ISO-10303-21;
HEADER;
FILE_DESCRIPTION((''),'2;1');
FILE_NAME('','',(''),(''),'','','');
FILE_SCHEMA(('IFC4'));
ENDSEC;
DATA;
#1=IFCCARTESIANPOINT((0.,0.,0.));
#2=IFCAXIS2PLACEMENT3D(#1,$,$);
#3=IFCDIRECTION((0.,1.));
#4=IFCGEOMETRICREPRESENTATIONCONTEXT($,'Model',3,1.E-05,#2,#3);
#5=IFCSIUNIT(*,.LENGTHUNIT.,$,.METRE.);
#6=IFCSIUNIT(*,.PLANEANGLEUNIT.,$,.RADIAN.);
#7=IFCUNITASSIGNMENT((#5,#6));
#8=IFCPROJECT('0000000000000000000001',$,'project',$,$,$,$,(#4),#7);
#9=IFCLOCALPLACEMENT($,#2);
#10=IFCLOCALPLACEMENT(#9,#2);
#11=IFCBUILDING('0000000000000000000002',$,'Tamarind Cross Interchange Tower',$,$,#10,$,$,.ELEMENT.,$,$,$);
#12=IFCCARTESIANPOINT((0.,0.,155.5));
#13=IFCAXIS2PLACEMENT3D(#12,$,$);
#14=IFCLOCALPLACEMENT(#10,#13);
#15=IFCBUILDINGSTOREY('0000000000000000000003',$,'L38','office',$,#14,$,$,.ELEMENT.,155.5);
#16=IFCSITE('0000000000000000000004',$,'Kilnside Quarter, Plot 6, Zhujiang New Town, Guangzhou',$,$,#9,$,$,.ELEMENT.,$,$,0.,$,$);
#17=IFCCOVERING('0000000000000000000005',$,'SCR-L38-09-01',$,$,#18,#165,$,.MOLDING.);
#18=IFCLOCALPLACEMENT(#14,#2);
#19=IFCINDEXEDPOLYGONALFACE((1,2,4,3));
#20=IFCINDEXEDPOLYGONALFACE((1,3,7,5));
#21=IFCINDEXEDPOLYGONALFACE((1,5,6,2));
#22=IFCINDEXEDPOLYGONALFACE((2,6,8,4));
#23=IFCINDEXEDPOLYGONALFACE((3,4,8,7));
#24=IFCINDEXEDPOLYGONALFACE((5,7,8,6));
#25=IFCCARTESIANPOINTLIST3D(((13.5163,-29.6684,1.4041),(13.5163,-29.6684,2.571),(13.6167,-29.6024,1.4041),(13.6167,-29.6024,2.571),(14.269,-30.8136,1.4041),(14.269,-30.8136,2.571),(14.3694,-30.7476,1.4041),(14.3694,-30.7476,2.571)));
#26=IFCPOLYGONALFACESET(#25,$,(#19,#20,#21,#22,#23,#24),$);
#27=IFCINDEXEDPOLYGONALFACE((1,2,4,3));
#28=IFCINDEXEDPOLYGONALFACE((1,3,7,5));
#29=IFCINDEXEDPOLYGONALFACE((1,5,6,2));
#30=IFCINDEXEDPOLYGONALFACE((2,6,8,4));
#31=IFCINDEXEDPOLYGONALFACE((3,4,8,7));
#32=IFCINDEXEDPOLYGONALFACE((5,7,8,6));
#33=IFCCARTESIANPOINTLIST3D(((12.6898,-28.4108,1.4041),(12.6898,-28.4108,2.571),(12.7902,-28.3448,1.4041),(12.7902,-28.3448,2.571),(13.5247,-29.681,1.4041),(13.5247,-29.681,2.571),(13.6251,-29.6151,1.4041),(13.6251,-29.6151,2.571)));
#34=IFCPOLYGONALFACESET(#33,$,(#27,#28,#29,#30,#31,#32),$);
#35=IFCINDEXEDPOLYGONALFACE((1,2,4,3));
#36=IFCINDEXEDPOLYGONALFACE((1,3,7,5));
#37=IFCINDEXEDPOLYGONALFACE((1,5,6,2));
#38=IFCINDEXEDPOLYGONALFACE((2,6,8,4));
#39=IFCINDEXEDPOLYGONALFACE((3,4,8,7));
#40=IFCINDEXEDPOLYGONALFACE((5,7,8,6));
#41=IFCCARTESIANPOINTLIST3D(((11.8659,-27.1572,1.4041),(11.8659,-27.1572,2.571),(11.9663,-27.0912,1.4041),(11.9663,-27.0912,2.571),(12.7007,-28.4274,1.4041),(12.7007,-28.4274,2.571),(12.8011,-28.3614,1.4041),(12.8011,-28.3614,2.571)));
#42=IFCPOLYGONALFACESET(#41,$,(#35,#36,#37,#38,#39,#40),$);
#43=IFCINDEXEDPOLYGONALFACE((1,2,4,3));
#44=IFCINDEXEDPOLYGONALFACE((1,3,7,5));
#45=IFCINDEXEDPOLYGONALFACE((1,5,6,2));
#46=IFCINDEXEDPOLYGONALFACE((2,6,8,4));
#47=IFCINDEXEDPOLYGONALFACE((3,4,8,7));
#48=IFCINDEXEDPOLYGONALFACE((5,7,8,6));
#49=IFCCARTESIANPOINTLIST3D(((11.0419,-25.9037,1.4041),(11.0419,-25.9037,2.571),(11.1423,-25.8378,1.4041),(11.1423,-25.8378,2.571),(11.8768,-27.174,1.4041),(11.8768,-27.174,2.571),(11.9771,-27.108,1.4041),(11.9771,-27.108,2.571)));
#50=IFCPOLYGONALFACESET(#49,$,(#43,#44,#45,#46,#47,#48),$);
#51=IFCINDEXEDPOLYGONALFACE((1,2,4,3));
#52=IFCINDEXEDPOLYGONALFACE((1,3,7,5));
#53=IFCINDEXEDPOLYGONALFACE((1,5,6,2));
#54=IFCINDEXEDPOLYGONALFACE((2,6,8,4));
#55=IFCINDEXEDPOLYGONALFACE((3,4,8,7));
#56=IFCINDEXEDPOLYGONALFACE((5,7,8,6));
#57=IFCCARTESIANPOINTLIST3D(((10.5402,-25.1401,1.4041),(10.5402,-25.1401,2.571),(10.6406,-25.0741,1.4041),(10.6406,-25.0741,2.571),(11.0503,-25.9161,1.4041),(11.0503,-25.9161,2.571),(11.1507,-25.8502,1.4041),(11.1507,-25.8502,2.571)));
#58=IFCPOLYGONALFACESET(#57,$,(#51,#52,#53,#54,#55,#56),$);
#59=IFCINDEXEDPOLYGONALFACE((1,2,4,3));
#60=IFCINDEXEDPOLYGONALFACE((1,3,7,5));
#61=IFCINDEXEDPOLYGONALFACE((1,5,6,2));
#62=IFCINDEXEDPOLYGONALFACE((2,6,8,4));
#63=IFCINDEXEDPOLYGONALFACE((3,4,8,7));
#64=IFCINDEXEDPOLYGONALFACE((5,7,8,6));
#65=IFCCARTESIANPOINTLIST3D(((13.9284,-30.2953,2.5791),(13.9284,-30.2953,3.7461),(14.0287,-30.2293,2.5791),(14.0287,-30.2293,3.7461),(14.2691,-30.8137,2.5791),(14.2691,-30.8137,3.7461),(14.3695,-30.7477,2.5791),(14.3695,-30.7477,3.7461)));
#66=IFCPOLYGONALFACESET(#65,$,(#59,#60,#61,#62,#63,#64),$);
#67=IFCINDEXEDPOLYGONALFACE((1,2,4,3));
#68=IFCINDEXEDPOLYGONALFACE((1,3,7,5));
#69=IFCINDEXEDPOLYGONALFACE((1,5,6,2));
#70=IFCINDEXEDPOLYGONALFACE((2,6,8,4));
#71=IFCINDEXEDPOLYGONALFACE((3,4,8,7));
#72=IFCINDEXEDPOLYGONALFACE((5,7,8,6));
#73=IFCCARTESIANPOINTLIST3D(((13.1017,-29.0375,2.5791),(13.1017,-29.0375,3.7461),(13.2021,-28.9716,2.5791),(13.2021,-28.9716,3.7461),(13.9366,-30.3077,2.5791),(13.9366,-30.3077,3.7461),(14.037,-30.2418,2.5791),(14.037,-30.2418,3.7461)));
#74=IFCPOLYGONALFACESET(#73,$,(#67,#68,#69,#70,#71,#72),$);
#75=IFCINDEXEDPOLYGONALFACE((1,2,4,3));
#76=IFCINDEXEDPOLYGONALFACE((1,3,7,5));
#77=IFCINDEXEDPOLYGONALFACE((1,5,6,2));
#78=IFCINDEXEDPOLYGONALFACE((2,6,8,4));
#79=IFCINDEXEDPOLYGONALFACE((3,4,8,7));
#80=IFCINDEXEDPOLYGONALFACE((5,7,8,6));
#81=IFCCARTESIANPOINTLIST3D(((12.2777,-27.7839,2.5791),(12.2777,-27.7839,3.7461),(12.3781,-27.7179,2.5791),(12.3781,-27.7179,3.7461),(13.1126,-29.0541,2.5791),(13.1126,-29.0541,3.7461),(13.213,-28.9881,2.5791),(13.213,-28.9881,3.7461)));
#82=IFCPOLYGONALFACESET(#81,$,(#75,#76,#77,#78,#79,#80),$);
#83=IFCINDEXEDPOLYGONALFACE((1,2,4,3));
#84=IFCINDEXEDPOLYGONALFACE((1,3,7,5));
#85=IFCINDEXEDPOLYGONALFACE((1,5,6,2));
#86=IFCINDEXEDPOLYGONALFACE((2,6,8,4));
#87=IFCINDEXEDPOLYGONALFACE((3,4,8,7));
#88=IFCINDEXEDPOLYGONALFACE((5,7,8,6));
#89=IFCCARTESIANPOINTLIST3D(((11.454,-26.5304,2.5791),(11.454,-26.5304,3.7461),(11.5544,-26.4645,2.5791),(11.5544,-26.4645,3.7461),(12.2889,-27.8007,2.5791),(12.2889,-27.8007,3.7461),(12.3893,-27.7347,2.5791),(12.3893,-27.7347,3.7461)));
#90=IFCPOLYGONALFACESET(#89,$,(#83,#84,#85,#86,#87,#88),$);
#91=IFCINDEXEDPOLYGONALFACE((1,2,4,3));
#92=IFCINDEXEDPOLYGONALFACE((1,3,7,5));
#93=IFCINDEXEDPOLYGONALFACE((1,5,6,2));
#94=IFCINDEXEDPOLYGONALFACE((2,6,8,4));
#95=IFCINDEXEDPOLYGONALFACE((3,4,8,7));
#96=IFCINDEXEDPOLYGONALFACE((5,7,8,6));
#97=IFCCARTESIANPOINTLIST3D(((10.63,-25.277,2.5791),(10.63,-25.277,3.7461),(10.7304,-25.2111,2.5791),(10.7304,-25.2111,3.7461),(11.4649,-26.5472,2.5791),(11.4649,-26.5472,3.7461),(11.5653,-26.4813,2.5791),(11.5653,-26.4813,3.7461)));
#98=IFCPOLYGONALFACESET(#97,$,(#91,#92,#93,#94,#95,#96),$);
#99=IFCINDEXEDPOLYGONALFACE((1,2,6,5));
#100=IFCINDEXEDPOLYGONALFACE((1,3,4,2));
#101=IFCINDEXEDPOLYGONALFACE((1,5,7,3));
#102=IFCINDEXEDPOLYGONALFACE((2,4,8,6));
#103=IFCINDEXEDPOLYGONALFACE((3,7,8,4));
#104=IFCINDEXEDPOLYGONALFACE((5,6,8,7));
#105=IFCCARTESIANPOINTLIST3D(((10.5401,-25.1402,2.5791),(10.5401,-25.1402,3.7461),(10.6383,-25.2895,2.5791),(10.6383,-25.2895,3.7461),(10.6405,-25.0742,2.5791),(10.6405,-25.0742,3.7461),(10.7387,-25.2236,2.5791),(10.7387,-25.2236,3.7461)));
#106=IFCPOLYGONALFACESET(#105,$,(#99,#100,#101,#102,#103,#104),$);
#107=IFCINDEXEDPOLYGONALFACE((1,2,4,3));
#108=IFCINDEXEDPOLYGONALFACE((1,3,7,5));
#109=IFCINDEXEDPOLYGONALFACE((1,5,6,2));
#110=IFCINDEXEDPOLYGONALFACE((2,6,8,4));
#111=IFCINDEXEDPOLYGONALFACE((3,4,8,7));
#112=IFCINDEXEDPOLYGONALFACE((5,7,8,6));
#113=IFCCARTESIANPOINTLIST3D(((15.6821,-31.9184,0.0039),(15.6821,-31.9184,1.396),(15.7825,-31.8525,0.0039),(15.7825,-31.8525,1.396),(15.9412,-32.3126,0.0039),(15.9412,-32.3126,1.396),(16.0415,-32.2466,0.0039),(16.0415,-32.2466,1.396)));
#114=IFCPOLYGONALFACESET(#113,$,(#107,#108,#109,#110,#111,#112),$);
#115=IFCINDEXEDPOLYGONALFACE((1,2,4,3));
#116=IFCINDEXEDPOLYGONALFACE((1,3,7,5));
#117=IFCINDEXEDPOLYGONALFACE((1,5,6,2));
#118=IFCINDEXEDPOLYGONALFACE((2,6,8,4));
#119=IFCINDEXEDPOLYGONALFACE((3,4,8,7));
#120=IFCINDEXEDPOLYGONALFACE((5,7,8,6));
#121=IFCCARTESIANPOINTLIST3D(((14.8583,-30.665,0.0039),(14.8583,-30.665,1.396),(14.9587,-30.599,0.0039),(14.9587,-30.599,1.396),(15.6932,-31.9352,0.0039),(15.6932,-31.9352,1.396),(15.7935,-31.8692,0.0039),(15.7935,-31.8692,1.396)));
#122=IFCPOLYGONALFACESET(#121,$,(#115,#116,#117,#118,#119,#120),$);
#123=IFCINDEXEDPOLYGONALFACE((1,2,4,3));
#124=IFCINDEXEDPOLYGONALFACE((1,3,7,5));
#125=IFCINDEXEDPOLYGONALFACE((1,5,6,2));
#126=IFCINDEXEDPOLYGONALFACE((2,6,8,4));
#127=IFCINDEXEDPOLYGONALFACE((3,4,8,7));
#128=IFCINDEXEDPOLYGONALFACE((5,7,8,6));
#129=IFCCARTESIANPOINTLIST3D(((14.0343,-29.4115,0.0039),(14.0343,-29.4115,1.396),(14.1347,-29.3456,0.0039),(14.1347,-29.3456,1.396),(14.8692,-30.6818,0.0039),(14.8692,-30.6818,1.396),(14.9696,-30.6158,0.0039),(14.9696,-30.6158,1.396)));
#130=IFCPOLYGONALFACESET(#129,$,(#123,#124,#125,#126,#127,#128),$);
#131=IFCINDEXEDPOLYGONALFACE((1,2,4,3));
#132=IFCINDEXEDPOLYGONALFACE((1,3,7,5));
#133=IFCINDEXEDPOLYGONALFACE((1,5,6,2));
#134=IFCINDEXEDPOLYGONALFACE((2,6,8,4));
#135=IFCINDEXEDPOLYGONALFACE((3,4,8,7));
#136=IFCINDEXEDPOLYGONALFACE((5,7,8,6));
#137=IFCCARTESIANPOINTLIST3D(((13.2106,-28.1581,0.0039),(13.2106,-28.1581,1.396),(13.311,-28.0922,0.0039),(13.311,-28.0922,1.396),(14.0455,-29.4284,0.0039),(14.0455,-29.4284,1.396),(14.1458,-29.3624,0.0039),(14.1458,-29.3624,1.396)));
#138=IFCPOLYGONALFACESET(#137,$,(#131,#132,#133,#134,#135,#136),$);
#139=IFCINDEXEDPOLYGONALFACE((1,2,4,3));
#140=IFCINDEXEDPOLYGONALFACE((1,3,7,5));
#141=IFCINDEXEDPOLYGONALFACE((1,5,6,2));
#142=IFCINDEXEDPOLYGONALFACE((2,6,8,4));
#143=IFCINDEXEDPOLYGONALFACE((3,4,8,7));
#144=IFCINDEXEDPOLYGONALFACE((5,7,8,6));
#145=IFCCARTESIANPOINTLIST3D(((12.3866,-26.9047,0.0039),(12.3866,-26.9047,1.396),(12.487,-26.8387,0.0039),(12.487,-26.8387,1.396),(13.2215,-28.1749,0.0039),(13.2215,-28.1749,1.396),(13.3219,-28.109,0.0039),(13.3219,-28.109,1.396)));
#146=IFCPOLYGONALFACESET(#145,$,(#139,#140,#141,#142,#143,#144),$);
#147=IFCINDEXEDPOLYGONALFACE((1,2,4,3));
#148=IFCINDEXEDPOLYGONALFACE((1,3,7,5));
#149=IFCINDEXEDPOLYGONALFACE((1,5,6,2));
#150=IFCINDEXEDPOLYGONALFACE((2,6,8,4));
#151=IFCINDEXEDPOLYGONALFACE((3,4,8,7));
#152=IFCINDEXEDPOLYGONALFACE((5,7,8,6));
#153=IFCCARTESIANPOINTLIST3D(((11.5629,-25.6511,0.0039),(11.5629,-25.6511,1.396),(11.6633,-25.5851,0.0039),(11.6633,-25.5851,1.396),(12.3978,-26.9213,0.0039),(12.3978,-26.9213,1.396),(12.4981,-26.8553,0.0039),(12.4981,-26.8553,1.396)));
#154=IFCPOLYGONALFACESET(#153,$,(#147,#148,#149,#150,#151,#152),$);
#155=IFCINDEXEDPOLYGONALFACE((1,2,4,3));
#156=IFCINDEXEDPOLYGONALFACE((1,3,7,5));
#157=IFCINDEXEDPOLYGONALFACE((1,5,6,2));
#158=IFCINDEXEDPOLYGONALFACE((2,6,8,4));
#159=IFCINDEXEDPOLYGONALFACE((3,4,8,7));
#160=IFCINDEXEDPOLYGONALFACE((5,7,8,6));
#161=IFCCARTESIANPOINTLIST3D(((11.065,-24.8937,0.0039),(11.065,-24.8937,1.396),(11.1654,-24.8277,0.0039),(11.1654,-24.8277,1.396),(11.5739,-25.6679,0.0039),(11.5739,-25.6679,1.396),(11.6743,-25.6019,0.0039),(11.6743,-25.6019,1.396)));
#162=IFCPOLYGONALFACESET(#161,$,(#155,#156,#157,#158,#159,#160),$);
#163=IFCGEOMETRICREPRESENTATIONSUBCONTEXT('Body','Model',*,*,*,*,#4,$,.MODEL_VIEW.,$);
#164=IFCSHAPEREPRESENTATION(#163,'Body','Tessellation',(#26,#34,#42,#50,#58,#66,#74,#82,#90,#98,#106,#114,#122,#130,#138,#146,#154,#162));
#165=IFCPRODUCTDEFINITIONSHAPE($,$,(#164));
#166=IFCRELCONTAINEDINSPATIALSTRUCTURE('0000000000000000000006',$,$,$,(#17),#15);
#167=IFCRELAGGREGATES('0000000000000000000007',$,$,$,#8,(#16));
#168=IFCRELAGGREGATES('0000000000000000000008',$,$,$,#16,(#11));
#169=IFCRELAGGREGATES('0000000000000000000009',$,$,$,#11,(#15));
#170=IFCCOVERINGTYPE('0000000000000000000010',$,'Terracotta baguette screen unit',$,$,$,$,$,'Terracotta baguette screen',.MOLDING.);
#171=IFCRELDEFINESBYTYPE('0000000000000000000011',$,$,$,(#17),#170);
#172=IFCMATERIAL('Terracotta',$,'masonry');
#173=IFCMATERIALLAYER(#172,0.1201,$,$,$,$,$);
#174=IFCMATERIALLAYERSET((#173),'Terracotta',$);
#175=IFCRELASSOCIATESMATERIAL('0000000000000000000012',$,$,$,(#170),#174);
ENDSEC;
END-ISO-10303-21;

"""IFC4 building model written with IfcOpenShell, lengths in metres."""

from ifc_helpers import new_model, si_unit, direction, frame, origin, origin_2d, place, context, subcontext, project, spatial, rectangle, extrude, material, layer, layer_set, type_object, element, save


model = new_model("IFC4")

# Units and contexts
model_context = context("Model", 3, precision=1e-05, world=origin(), true_north=direction((0.0, 1.0)))
body_context = subcontext(model_context, "Body", "Model", "MODEL_VIEW")
ifc_project = project(units=[si_unit("LENGTHUNIT", "METRE"), si_unit("PLANEANGLEUNIT", "RADIAN")], contexts=[model_context])

# Site, building, storey
site_placement = place(None, origin())
site = spatial("IfcSite", under=ifc_project, at=site_placement, Name="Kilnside Quarter, Plot 6, Zhujiang New Town, Guangzhou", CompositionType="ELEMENT", RefElevation=0.0)
building_placement = place(site_placement, origin())
building = spatial("IfcBuilding", under=site, at=building_placement, Name="Tamarind Cross Interchange Tower", CompositionType="ELEMENT")
storey_placement = place(building_placement, frame((0.0, 0.0, 155.5)))
storey = spatial("IfcBuildingStorey", under=building, at=storey_placement, Name="L38", Description="office", CompositionType="ELEMENT", Elevation=155.5)

# Covering
ifc_material_1 = material(Name="Terracotta", Category="masonry")
ifc_layer_1 = layer(ifc_material_1, 0.1201)
ifc_layer_set_1 = layer_set([ifc_layer_1], Name="Terracotta")
covering_type = type_object("IfcCoveringType", Name="Terracotta baguette screen unit", ElementType="Terracotta baguette screen", PredefinedType="MOLDING", material=ifc_layer_set_1)
covering_1_placement = place(storey_placement, origin())
element("IfcCovering", 1, at=covering_1_placement, inside=storey, type_object=covering_type, Name="SCR-L38-09-01", PredefinedType="MOLDING", context=body_context, shape_type="SweptSolid", body=[
    extrude(rectangle(XDim=1.3704, YDim=0.1201, at=origin_2d()), frame((13.9429, -30.208, 1.4041), z_axis=(0.0, 0.0, 1.0), x_axis=(-0.549248, 0.83566, 0.0)), (0.0, 0.0, 1.0), 1.167),
    extrude(rectangle(XDim=1.52, YDim=0.1201, at=origin_2d()), frame((13.1575, -29.0129, 1.4041), z_axis=(0.0, 0.0, 1.0), x_axis=(-0.549248, 0.83566, 0.0)), (0.0, 0.0, 1.0), 1.167),
    extrude(rectangle(XDim=1.52, YDim=0.1201, at=origin_2d()), frame((12.3335, -27.7593, 1.4041), z_axis=(0.0, 0.0, 1.0), x_axis=(-0.549248, 0.83566, 0.0)), (0.0, 0.0, 1.0), 1.167),
    extrude(rectangle(XDim=1.52, YDim=0.1201, at=origin_2d()), frame((11.5095, -26.5059, 1.4041), z_axis=(0.0, 0.0, 1.0), x_axis=(-0.549248, 0.83566, 0.0)), (0.0, 0.0, 1.0), 1.167),
    extrude(rectangle(XDim=0.9287, YDim=0.1201, at=origin_2d()), frame((10.8455, -25.4951, 1.4041), z_axis=(0.0, 0.0, 1.0), x_axis=(-0.549248, 0.83566, 0.0)), (0.0, 0.0, 1.0), 1.167),
    extrude(rectangle(XDim=0.6204, YDim=0.1201, at=origin_2d()), frame((14.1489, -30.5215, 2.5791), z_axis=(0.0, 0.0, 1.0), x_axis=(-0.549248, 0.83566, 0.0)), (0.0, 0.0, 1.0), 1.167),
    extrude(rectangle(XDim=1.52, YDim=0.1201, at=origin_2d()), frame((13.5693, -29.6396, 2.5791), z_axis=(0.0, 0.0, 1.0), x_axis=(-0.549248, 0.83566, 0.0)), (0.0, 0.0, 1.0), 1.167),
    extrude(rectangle(XDim=1.52, YDim=0.1201, at=origin_2d()), frame((12.7454, -28.386, 2.5791), z_axis=(0.0, 0.0, 1.0), x_axis=(-0.549248, 0.83566, 0.0)), (0.0, 0.0, 1.0), 1.167),
    extrude(rectangle(XDim=1.52, YDim=0.1201, at=origin_2d()), frame((11.9216, -27.1326, 2.5791), z_axis=(0.0, 0.0, 1.0), x_axis=(-0.549248, 0.83566, 0.0)), (0.0, 0.0, 1.0), 1.167),
    extrude(rectangle(XDim=1.52, YDim=0.1201, at=origin_2d()), frame((11.0977, -25.8792, 2.5791), z_axis=(0.0, 0.0, 1.0), x_axis=(-0.549248, 0.83566, 0.0)), (0.0, 0.0, 1.0), 1.167),
    extrude(rectangle(XDim=0.1787, YDim=0.1201, at=origin_2d()), frame((10.6394, -25.1819, 2.5791), z_axis=(0.0, 0.0, 1.0), x_axis=(-0.549248, 0.83566, 0.0)), (0.0, 0.0, 1.0), 1.167),
    extrude(rectangle(XDim=0.4717, YDim=0.1201, at=origin_2d()), frame((15.8618, -32.0825, 0.0039), z_axis=(0.0, 0.0, 1.0), x_axis=(-0.549248, 0.83566, 0.0)), (0.0, 0.0, 1.0), 1.3921),
    extrude(rectangle(XDim=1.52, YDim=0.1201, at=origin_2d()), frame((15.3259, -31.2671, 0.0039), z_axis=(0.0, 0.0, 1.0), x_axis=(-0.549248, 0.83566, 0.0)), (0.0, 0.0, 1.0), 1.3921),
    extrude(rectangle(XDim=1.52, YDim=0.1201, at=origin_2d()), frame((14.502, -30.0137, 0.0039), z_axis=(0.0, 0.0, 1.0), x_axis=(-0.549248, 0.83566, 0.0)), (0.0, 0.0, 1.0), 1.3921),
    extrude(rectangle(XDim=1.52, YDim=0.1201, at=origin_2d()), frame((13.6782, -28.7603, 0.0039), z_axis=(0.0, 0.0, 1.0), x_axis=(-0.549248, 0.83566, 0.0)), (0.0, 0.0, 1.0), 1.3921),
    extrude(rectangle(XDim=1.52, YDim=0.1201, at=origin_2d()), frame((12.8542, -27.5068, 0.0039), z_axis=(0.0, 0.0, 1.0), x_axis=(-0.549248, 0.83566, 0.0)), (0.0, 0.0, 1.0), 1.3921),
    extrude(rectangle(XDim=1.52, YDim=0.1201, at=origin_2d()), frame((12.0305, -26.2532, 0.0039), z_axis=(0.0, 0.0, 1.0), x_axis=(-0.549248, 0.83566, 0.0)), (0.0, 0.0, 1.0), 1.3921),
    extrude(rectangle(XDim=0.9265, YDim=0.1201, at=origin_2d()), frame((11.3696, -25.2478, 0.0039), z_axis=(0.0, 0.0, 1.0), x_axis=(-0.549248, 0.83566, 0.0)), (0.0, 0.0, 1.0), 1.3921),
])

save(model, "model.ifc")
